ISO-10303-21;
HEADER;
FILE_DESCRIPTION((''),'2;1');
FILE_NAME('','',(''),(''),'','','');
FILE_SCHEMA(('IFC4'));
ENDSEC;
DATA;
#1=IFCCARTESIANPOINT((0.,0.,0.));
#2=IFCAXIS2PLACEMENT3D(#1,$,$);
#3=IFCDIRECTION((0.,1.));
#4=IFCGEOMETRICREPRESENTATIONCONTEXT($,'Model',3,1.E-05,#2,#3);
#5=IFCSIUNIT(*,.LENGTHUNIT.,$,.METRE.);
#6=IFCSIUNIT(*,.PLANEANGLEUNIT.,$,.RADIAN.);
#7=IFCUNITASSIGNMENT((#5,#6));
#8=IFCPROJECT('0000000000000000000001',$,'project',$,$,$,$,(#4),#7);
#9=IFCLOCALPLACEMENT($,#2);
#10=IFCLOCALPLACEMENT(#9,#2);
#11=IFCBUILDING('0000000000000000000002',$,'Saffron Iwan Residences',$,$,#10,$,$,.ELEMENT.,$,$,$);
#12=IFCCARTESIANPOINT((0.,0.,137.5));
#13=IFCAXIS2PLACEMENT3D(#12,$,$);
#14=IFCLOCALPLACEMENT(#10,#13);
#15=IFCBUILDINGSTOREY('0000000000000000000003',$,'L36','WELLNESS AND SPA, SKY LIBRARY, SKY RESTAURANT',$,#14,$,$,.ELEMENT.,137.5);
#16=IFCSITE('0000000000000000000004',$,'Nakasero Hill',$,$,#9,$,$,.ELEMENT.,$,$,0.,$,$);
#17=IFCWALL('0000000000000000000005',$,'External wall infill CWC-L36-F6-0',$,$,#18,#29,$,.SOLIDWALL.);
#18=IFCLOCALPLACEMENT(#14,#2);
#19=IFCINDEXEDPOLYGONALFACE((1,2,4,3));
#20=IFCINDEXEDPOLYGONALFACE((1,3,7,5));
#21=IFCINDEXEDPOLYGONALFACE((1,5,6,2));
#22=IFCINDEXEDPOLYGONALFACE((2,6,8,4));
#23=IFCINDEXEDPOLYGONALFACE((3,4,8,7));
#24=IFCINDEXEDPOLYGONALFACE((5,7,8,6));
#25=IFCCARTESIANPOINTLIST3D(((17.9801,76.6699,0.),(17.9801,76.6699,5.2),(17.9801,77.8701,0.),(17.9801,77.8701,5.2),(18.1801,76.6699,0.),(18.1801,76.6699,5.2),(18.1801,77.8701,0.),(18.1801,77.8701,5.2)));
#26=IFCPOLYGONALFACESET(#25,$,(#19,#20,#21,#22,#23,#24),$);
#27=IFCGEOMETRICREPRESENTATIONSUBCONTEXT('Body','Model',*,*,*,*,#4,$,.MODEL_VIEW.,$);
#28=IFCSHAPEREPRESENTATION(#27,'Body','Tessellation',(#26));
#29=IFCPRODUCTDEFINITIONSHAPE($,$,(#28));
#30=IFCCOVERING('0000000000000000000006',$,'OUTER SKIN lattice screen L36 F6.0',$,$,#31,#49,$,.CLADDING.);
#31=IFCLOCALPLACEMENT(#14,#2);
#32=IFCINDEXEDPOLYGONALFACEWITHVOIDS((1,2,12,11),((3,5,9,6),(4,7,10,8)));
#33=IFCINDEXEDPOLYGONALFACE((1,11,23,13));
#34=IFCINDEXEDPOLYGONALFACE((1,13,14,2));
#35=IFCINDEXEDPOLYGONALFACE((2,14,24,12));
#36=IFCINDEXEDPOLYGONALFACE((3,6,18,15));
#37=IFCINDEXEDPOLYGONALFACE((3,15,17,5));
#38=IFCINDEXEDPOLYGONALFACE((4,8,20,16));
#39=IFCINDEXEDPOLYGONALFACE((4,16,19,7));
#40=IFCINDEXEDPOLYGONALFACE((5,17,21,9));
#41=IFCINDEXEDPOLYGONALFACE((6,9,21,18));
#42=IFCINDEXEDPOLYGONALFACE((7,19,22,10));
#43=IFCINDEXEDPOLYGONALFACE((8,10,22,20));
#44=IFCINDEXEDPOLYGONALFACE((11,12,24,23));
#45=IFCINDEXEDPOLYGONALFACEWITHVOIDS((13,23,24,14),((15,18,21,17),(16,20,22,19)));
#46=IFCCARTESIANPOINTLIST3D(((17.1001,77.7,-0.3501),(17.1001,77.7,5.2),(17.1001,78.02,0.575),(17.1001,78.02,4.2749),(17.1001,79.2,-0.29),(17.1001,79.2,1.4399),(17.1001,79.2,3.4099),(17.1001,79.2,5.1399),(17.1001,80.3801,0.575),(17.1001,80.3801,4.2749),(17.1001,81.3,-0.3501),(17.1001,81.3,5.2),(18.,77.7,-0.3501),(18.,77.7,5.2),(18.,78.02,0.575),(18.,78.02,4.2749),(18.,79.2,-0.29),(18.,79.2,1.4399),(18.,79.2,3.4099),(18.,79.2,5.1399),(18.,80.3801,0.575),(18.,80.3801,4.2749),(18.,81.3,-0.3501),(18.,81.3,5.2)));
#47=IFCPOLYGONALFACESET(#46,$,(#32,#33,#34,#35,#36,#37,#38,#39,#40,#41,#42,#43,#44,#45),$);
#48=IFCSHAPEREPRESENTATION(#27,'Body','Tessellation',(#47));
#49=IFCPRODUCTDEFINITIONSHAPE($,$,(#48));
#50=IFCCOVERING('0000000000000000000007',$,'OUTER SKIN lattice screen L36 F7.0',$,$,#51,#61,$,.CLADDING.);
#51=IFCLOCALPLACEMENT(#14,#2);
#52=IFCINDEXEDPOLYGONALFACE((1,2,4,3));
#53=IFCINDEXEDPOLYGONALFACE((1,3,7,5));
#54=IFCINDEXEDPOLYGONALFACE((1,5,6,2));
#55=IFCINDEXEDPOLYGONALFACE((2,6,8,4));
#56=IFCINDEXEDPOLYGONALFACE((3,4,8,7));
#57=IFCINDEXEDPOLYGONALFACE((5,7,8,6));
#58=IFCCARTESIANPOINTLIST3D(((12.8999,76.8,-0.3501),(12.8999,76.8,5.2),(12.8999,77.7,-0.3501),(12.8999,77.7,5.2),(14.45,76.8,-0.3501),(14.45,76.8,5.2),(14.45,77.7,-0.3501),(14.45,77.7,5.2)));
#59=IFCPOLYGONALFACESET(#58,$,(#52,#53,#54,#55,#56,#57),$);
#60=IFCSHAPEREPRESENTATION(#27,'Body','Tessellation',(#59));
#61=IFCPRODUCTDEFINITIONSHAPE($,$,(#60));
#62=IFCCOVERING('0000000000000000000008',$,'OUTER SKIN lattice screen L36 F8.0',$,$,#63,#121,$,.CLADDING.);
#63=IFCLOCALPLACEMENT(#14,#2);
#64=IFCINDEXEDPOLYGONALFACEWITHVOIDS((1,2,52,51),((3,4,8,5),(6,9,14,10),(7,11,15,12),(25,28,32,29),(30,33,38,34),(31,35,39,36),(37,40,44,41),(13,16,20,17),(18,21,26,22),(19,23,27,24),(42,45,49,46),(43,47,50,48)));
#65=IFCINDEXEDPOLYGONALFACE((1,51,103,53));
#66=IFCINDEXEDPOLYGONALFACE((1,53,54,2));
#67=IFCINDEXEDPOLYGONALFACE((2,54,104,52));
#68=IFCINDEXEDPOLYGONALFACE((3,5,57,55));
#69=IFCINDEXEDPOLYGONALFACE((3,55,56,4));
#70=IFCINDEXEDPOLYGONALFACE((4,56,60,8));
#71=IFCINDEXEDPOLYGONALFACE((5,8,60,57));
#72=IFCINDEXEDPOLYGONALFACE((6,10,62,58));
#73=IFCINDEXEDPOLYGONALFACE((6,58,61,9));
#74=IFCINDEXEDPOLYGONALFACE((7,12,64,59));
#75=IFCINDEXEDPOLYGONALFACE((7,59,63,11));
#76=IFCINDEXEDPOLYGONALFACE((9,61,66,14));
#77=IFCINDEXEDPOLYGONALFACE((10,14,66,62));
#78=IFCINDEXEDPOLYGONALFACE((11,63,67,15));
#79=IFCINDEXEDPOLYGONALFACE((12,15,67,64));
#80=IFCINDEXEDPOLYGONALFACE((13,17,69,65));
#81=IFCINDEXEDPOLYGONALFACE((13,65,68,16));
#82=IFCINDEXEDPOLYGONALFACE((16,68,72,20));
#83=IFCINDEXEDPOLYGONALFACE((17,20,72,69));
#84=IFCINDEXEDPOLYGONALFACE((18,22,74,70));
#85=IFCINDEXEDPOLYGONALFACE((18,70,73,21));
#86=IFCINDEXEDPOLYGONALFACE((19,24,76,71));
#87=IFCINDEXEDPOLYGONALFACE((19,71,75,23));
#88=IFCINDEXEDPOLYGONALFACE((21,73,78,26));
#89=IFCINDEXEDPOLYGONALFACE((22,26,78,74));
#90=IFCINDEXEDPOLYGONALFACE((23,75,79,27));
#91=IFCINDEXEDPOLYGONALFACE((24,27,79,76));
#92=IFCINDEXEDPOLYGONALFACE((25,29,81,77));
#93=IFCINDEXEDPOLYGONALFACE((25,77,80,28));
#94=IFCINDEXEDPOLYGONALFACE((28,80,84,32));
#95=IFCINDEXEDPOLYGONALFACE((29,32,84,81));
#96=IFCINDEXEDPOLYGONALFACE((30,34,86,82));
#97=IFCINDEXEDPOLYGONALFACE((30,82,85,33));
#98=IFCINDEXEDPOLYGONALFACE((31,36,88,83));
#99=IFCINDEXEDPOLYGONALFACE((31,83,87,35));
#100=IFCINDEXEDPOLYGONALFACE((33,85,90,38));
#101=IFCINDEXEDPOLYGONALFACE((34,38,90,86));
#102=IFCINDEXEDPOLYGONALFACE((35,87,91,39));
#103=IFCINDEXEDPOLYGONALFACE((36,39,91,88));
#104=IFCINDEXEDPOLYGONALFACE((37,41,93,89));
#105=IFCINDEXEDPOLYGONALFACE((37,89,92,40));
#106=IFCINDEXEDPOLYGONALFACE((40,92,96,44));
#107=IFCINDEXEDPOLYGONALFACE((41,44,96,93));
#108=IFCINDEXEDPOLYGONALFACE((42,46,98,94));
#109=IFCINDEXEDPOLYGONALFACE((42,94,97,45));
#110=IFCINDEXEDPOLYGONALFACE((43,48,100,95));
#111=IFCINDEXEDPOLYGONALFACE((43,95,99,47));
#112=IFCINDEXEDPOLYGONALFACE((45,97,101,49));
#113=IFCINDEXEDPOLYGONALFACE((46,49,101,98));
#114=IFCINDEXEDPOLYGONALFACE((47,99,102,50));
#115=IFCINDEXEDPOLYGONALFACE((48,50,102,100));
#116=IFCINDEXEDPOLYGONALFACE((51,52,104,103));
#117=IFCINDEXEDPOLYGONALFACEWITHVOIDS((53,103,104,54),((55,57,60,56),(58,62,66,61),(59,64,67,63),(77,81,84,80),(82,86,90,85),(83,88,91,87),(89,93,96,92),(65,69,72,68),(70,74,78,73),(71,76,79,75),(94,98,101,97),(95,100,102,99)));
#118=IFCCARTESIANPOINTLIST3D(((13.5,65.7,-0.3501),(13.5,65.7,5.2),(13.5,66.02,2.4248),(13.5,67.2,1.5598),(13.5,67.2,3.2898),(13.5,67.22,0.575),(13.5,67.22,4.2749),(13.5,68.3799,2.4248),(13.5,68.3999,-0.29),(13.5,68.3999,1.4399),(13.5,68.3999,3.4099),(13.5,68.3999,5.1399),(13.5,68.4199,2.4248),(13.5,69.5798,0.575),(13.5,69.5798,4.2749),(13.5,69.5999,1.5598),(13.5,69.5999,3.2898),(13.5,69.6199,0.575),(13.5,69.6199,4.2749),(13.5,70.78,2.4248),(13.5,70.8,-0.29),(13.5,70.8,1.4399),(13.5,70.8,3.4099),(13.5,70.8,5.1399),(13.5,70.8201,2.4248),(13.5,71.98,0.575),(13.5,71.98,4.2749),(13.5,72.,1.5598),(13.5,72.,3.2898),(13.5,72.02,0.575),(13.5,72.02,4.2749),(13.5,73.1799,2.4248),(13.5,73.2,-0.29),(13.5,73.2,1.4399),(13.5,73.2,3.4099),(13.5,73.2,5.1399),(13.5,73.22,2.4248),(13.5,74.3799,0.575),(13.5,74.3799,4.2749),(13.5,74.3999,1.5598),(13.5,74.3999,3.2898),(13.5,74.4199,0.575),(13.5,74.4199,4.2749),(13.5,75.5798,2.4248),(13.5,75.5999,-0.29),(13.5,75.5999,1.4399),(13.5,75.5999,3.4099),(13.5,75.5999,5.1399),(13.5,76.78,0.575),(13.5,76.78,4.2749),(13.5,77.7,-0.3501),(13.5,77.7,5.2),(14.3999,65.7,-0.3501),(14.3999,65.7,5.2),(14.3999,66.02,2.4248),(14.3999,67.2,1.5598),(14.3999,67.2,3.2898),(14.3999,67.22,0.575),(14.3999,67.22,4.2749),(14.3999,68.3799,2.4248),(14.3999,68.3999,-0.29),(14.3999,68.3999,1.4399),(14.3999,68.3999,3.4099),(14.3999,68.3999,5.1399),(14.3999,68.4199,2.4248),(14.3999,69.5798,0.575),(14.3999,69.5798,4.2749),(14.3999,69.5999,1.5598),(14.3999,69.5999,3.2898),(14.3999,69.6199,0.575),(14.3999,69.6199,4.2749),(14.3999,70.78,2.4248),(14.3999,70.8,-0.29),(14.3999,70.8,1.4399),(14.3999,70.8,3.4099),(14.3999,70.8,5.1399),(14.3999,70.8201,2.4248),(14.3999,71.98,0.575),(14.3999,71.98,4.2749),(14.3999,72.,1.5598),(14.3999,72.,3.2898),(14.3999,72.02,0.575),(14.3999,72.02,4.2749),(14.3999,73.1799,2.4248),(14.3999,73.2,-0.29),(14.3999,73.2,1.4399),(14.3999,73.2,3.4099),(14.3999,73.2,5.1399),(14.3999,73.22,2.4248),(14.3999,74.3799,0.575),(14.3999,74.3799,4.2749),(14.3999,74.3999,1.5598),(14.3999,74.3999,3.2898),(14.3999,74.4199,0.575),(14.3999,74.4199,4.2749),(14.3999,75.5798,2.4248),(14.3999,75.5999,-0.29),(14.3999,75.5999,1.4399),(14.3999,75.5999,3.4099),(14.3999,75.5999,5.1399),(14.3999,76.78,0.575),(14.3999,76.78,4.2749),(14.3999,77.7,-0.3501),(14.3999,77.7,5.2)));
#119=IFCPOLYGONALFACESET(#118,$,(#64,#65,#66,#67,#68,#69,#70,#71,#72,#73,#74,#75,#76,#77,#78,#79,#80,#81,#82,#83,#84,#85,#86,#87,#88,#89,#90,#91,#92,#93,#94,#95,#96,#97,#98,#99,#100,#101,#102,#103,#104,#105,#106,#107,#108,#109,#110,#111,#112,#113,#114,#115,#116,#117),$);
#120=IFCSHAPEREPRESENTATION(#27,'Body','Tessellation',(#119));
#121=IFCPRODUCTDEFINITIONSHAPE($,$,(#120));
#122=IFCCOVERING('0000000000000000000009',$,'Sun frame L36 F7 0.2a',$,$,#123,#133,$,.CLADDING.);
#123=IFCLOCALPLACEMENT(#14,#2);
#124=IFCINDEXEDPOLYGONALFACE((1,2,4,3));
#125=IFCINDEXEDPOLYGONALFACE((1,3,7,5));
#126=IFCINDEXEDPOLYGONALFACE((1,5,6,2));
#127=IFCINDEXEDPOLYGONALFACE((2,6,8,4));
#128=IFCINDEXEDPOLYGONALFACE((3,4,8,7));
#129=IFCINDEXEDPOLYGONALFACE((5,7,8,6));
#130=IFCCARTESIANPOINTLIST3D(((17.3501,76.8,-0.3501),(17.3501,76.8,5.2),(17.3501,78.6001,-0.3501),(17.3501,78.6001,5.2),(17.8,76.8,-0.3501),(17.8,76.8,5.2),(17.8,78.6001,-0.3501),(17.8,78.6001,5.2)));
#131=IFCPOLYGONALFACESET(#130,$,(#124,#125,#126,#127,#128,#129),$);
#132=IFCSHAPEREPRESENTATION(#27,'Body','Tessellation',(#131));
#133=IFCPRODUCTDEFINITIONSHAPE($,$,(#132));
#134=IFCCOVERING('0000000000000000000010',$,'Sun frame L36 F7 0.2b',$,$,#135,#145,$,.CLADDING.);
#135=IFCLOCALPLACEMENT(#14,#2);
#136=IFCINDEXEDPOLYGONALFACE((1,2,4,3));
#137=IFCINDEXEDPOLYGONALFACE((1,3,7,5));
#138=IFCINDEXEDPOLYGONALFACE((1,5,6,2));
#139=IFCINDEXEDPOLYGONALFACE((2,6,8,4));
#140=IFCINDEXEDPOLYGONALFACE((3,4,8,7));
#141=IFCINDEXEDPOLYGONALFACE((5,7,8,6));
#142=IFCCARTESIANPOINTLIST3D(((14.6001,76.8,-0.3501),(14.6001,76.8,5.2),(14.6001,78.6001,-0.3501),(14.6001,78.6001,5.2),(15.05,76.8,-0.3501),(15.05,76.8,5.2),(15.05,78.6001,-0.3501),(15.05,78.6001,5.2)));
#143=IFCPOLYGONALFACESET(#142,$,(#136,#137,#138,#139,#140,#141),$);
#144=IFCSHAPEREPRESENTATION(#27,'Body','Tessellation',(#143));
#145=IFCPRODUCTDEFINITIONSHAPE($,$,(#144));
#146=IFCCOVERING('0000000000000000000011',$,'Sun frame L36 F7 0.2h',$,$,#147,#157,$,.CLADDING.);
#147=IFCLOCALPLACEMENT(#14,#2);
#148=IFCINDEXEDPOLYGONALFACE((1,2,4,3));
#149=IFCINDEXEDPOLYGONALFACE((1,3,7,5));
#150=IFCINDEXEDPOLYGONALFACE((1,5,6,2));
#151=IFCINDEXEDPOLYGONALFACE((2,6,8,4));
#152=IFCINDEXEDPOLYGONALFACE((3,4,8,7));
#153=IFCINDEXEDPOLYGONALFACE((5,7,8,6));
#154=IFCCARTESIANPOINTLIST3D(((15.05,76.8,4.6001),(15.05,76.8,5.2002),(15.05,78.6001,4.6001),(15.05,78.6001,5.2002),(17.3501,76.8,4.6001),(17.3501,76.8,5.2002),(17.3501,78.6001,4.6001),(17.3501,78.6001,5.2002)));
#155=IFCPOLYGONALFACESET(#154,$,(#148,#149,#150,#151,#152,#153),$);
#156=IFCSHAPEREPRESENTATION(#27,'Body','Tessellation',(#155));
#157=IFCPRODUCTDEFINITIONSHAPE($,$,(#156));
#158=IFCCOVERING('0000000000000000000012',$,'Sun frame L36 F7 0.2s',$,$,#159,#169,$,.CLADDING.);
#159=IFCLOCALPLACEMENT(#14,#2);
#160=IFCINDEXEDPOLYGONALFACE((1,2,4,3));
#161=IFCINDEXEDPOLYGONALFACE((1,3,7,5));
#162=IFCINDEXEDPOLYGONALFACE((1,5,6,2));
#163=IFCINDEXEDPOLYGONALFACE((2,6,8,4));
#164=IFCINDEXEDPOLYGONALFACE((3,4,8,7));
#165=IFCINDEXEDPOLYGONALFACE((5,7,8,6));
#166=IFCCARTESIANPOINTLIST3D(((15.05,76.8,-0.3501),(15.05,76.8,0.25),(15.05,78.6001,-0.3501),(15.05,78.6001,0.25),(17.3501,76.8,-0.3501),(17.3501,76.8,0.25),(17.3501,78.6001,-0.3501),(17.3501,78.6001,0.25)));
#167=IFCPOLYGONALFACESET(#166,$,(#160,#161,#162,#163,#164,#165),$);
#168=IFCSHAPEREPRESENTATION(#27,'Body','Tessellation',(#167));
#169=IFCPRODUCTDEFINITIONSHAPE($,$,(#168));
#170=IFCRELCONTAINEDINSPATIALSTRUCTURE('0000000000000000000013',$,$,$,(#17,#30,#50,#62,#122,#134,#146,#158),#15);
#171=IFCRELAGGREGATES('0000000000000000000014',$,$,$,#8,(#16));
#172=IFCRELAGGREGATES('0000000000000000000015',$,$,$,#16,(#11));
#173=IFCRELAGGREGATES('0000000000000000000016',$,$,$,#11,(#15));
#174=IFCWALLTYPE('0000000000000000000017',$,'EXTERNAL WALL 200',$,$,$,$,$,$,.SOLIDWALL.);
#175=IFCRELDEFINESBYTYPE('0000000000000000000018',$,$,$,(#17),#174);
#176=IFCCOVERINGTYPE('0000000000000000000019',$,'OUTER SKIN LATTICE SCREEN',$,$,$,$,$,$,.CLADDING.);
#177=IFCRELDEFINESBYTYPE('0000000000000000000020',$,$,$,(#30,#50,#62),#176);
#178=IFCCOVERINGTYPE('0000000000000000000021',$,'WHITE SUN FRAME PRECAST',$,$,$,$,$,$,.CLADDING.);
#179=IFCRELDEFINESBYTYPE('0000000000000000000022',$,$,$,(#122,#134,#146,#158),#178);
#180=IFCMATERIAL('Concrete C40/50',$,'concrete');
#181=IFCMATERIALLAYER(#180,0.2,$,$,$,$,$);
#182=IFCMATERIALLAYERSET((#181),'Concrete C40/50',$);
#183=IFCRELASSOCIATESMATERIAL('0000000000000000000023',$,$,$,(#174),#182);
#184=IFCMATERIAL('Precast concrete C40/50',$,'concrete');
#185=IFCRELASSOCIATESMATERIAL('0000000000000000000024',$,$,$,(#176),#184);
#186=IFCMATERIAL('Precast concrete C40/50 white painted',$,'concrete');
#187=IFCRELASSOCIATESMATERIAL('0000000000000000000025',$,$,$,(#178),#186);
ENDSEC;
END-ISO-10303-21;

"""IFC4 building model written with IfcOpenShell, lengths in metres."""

from ifc_helpers import new_model, si_unit, direction, frame, frame_2d, origin, place, context, subcontext, project, spatial, polyline, rectangle, outline, extrude, material, layer, layer_set, type_object, element, save


model = new_model("IFC4")

# Units and contexts
model_context = context("Model", 3, precision=1e-05, world=origin(), true_north=direction((0.0, 1.0)))
body_context = subcontext(model_context, "Body", "Model", "MODEL_VIEW")
ifc_project = project(units=[si_unit("LENGTHUNIT", "METRE"), si_unit("PLANEANGLEUNIT", "RADIAN")], contexts=[model_context])

# Site, building, storey
site_placement = place(None, origin())
site = spatial("IfcSite", under=ifc_project, at=site_placement, Name="Nakasero Hill", CompositionType="ELEMENT", RefElevation=0.0)
building_placement = place(site_placement, origin())
building = spatial("IfcBuilding", under=site, at=building_placement, Name="Saffron Iwan Residences", CompositionType="ELEMENT")
storey_placement = place(building_placement, frame((0.0, 0.0, 137.5)))
storey = spatial("IfcBuildingStorey", under=building, at=storey_placement, Name="L36", Description="WELLNESS AND SPA, SKY LIBRARY, SKY RESTAURANT", CompositionType="ELEMENT", Elevation=137.5)

# Wall
ifc_material_1 = material(Name="Concrete C40/50", Category="concrete")
ifc_layer_1 = layer(ifc_material_1, 0.2)
ifc_layer_set_1 = layer_set([ifc_layer_1], Name="Concrete C40/50")
wall_type = type_object("IfcWallType", Name="EXTERNAL WALL 200", PredefinedType="SOLIDWALL", material=ifc_layer_set_1)
wall_placement = place(storey_placement, frame((18.0801, 77.8701, 0.0), z_axis=(0.0, 0.0, 1.0), x_axis=(0.0, -1.0, 0.0)))
element("IfcWall", 1, at=wall_placement, inside=storey, type_object=wall_type, Name="External wall infill CWC-L36-F6-0", PredefinedType="SOLIDWALL", context=body_context, shape_type="SweptSolid", body=[
    extrude(rectangle(XDim=1.2002, YDim=0.2, at=frame_2d((0.6001, 0.0))), origin(), (0.0, 0.0, 1.0), 5.2),
])

# Coverings
ifc_material_2 = material(Name="Precast concrete C40/50", Category="concrete")
covering_type_1 = type_object("IfcCoveringType", Name="OUTER SKIN LATTICE SCREEN", PredefinedType="CLADDING", material=ifc_material_2)
covering_1_placement = place(storey_placement, frame((18.0, 81.3, -0.3501), z_axis=(-1.0, 0.0, 0.0), x_axis=(0.0, -1.0, 0.0)))
element("IfcCovering", 2, at=covering_1_placement, inside=storey, type_object=covering_type_1, Name="OUTER SKIN lattice screen L36 F6.0", PredefinedType="CLADDING", context=body_context, shape_type="SweptSolid", body=[
    extrude(outline(polyline([(0.0, 0.0), (3.6001, 0.0), (3.6001, 5.55), (0.0, 5.55), (0.0, 0.0)]), holes=[polyline([(0.9199, 0.925), (2.1001, 0.0601), (3.28, 0.925), (2.1001, 1.79), (0.9199, 0.925)]), polyline([(0.9199, 4.625), (2.1001, 3.76), (3.28, 4.625), (2.1001, 5.49), (0.9199, 4.625)])]), origin(), (0.0, 0.0, 1.0), 0.8999),
])
covering_2_placement = place(storey_placement, frame((14.45, 76.8, -0.3501), z_axis=(0.0, 1.0, 0.0), x_axis=(-1.0, 0.0, 0.0)))
element("IfcCovering", 3, at=covering_2_placement, inside=storey, type_object=covering_type_1, Name="OUTER SKIN lattice screen L36 F7.0", PredefinedType="CLADDING", context=body_context, shape_type="SweptSolid", body=[
    extrude(outline(polyline([(0.0, 0.0), (1.55, 0.0), (1.55, 5.55), (0.0, 5.55), (0.0, 0.0)])), origin(), (0.0, 0.0, 1.0), 0.8999),
])
covering_3_placement = place(storey_placement, frame((14.3999, 77.7, -0.3501), z_axis=(-1.0, 0.0, 0.0), x_axis=(0.0, -1.0, 0.0)))
element("IfcCovering", 4, at=covering_3_placement, inside=storey, type_object=covering_type_1, Name="OUTER SKIN lattice screen L36 F8.0", PredefinedType="CLADDING", context=body_context, shape_type="SweptSolid", body=[
    extrude(outline(polyline([(0.0, 0.0), (12.0, 0.0), (12.0, 5.55), (0.0, 5.55), (0.0, 0.0)]), holes=[polyline([(0.9199, 0.925), (2.1001, 0.0601), (3.28, 0.925), (2.1001, 1.79), (0.9199, 0.925)]), polyline([(3.3201, 0.925), (4.5, 0.0601), (5.6799, 0.925), (4.5, 1.79), (3.3201, 0.925)]), polyline([(5.72, 0.925), (6.8999, 0.0601), (8.0801, 0.925), (6.8999, 1.79), (5.72, 0.925)]), polyline([(8.1201, 0.925), (9.3, 0.0601), (10.48, 0.925), (9.3, 1.79), (8.1201, 0.925)]), polyline([(2.1201, 2.7749), (3.3, 1.9099), (4.48, 2.7749), (3.3, 3.6399), (2.1201, 2.7749)]), polyline([(4.52, 2.7749), (5.7, 1.9099), (6.8799, 2.7749), (5.7, 3.6399), (4.52, 2.7749)]), polyline([(6.9199, 2.7749), (8.1001, 1.9099), (9.28, 2.7749), (8.1001, 3.6399), (6.9199, 2.7749)]), polyline([(9.3201, 2.7749), (10.5, 1.9099), (11.6799, 2.7749), (10.5, 3.6399), (9.3201, 2.7749)]), polyline([(0.9199, 4.625), (2.1001, 3.76), (3.28, 4.625), (2.1001, 5.49), (0.9199, 4.625)]), polyline([(3.3201, 4.625), (4.5, 3.76), (5.6799, 4.625), (4.5, 5.49), (3.3201, 4.625)]), polyline([(5.72, 4.625), (6.8999, 3.76), (8.0801, 4.625), (6.8999, 5.49), (5.72, 4.625)]), polyline([(8.1201, 4.625), (9.3, 3.76), (10.48, 4.625), (9.3, 5.49), (8.1201, 4.625)])]), origin(), (0.0, 0.0, 1.0), 0.8999),
])
ifc_material_3 = material(Name="Precast concrete C40/50 white painted", Category="concrete")
covering_type_2 = type_object("IfcCoveringType", Name="WHITE SUN FRAME PRECAST", PredefinedType="CLADDING", material=ifc_material_3)
for number, where, z_axis, x_axis, name in (
    (5, (17.8, 76.8, -0.3501), (0.0, 1.0, 0.0), (-1.0, 0.0, 0.0), "Sun frame L36 F7 0.2a"),
    (6, (15.05, 76.8, -0.3501), (0.0, 1.0, 0.0), (-1.0, 0.0, 0.0), "Sun frame L36 F7 0.2b"),
):
    element("IfcCovering", number, at=place(storey_placement, frame(where, z_axis=z_axis, x_axis=x_axis)), inside=storey, type_object=covering_type_2, Name=name, PredefinedType="CLADDING", context=body_context, shape_type="SweptSolid", body=[
        extrude(outline(polyline([(0.0, 0.0), (0.45, 0.0), (0.45, 5.55), (0.0, 5.55), (0.0, 0.0)])), origin(), (0.0, 0.0, 1.0), 1.8),
    ])
for number, where, z_axis, x_axis, name in (
    (7, (17.3501, 76.8, 4.6001), (0.0, 1.0, 0.0), (-1.0, 0.0, 0.0), "Sun frame L36 F7 0.2h"),
    (8, (17.3501, 76.8, -0.3501), (0.0, 1.0, 0.0), (-1.0, 0.0, 0.0), "Sun frame L36 F7 0.2s"),
):
    element("IfcCovering", number, at=place(storey_placement, frame(where, z_axis=z_axis, x_axis=x_axis)), inside=storey, type_object=covering_type_2, Name=name, PredefinedType="CLADDING", context=body_context, shape_type="SweptSolid", body=[
        extrude(outline(polyline([(0.0, 0.0), (2.3, 0.0), (2.3, 0.6001), (0.0, 0.6001), (0.0, 0.0)])), origin(), (0.0, 0.0, 1.0), 1.8),
    ])

save(model, "model.ifc")
